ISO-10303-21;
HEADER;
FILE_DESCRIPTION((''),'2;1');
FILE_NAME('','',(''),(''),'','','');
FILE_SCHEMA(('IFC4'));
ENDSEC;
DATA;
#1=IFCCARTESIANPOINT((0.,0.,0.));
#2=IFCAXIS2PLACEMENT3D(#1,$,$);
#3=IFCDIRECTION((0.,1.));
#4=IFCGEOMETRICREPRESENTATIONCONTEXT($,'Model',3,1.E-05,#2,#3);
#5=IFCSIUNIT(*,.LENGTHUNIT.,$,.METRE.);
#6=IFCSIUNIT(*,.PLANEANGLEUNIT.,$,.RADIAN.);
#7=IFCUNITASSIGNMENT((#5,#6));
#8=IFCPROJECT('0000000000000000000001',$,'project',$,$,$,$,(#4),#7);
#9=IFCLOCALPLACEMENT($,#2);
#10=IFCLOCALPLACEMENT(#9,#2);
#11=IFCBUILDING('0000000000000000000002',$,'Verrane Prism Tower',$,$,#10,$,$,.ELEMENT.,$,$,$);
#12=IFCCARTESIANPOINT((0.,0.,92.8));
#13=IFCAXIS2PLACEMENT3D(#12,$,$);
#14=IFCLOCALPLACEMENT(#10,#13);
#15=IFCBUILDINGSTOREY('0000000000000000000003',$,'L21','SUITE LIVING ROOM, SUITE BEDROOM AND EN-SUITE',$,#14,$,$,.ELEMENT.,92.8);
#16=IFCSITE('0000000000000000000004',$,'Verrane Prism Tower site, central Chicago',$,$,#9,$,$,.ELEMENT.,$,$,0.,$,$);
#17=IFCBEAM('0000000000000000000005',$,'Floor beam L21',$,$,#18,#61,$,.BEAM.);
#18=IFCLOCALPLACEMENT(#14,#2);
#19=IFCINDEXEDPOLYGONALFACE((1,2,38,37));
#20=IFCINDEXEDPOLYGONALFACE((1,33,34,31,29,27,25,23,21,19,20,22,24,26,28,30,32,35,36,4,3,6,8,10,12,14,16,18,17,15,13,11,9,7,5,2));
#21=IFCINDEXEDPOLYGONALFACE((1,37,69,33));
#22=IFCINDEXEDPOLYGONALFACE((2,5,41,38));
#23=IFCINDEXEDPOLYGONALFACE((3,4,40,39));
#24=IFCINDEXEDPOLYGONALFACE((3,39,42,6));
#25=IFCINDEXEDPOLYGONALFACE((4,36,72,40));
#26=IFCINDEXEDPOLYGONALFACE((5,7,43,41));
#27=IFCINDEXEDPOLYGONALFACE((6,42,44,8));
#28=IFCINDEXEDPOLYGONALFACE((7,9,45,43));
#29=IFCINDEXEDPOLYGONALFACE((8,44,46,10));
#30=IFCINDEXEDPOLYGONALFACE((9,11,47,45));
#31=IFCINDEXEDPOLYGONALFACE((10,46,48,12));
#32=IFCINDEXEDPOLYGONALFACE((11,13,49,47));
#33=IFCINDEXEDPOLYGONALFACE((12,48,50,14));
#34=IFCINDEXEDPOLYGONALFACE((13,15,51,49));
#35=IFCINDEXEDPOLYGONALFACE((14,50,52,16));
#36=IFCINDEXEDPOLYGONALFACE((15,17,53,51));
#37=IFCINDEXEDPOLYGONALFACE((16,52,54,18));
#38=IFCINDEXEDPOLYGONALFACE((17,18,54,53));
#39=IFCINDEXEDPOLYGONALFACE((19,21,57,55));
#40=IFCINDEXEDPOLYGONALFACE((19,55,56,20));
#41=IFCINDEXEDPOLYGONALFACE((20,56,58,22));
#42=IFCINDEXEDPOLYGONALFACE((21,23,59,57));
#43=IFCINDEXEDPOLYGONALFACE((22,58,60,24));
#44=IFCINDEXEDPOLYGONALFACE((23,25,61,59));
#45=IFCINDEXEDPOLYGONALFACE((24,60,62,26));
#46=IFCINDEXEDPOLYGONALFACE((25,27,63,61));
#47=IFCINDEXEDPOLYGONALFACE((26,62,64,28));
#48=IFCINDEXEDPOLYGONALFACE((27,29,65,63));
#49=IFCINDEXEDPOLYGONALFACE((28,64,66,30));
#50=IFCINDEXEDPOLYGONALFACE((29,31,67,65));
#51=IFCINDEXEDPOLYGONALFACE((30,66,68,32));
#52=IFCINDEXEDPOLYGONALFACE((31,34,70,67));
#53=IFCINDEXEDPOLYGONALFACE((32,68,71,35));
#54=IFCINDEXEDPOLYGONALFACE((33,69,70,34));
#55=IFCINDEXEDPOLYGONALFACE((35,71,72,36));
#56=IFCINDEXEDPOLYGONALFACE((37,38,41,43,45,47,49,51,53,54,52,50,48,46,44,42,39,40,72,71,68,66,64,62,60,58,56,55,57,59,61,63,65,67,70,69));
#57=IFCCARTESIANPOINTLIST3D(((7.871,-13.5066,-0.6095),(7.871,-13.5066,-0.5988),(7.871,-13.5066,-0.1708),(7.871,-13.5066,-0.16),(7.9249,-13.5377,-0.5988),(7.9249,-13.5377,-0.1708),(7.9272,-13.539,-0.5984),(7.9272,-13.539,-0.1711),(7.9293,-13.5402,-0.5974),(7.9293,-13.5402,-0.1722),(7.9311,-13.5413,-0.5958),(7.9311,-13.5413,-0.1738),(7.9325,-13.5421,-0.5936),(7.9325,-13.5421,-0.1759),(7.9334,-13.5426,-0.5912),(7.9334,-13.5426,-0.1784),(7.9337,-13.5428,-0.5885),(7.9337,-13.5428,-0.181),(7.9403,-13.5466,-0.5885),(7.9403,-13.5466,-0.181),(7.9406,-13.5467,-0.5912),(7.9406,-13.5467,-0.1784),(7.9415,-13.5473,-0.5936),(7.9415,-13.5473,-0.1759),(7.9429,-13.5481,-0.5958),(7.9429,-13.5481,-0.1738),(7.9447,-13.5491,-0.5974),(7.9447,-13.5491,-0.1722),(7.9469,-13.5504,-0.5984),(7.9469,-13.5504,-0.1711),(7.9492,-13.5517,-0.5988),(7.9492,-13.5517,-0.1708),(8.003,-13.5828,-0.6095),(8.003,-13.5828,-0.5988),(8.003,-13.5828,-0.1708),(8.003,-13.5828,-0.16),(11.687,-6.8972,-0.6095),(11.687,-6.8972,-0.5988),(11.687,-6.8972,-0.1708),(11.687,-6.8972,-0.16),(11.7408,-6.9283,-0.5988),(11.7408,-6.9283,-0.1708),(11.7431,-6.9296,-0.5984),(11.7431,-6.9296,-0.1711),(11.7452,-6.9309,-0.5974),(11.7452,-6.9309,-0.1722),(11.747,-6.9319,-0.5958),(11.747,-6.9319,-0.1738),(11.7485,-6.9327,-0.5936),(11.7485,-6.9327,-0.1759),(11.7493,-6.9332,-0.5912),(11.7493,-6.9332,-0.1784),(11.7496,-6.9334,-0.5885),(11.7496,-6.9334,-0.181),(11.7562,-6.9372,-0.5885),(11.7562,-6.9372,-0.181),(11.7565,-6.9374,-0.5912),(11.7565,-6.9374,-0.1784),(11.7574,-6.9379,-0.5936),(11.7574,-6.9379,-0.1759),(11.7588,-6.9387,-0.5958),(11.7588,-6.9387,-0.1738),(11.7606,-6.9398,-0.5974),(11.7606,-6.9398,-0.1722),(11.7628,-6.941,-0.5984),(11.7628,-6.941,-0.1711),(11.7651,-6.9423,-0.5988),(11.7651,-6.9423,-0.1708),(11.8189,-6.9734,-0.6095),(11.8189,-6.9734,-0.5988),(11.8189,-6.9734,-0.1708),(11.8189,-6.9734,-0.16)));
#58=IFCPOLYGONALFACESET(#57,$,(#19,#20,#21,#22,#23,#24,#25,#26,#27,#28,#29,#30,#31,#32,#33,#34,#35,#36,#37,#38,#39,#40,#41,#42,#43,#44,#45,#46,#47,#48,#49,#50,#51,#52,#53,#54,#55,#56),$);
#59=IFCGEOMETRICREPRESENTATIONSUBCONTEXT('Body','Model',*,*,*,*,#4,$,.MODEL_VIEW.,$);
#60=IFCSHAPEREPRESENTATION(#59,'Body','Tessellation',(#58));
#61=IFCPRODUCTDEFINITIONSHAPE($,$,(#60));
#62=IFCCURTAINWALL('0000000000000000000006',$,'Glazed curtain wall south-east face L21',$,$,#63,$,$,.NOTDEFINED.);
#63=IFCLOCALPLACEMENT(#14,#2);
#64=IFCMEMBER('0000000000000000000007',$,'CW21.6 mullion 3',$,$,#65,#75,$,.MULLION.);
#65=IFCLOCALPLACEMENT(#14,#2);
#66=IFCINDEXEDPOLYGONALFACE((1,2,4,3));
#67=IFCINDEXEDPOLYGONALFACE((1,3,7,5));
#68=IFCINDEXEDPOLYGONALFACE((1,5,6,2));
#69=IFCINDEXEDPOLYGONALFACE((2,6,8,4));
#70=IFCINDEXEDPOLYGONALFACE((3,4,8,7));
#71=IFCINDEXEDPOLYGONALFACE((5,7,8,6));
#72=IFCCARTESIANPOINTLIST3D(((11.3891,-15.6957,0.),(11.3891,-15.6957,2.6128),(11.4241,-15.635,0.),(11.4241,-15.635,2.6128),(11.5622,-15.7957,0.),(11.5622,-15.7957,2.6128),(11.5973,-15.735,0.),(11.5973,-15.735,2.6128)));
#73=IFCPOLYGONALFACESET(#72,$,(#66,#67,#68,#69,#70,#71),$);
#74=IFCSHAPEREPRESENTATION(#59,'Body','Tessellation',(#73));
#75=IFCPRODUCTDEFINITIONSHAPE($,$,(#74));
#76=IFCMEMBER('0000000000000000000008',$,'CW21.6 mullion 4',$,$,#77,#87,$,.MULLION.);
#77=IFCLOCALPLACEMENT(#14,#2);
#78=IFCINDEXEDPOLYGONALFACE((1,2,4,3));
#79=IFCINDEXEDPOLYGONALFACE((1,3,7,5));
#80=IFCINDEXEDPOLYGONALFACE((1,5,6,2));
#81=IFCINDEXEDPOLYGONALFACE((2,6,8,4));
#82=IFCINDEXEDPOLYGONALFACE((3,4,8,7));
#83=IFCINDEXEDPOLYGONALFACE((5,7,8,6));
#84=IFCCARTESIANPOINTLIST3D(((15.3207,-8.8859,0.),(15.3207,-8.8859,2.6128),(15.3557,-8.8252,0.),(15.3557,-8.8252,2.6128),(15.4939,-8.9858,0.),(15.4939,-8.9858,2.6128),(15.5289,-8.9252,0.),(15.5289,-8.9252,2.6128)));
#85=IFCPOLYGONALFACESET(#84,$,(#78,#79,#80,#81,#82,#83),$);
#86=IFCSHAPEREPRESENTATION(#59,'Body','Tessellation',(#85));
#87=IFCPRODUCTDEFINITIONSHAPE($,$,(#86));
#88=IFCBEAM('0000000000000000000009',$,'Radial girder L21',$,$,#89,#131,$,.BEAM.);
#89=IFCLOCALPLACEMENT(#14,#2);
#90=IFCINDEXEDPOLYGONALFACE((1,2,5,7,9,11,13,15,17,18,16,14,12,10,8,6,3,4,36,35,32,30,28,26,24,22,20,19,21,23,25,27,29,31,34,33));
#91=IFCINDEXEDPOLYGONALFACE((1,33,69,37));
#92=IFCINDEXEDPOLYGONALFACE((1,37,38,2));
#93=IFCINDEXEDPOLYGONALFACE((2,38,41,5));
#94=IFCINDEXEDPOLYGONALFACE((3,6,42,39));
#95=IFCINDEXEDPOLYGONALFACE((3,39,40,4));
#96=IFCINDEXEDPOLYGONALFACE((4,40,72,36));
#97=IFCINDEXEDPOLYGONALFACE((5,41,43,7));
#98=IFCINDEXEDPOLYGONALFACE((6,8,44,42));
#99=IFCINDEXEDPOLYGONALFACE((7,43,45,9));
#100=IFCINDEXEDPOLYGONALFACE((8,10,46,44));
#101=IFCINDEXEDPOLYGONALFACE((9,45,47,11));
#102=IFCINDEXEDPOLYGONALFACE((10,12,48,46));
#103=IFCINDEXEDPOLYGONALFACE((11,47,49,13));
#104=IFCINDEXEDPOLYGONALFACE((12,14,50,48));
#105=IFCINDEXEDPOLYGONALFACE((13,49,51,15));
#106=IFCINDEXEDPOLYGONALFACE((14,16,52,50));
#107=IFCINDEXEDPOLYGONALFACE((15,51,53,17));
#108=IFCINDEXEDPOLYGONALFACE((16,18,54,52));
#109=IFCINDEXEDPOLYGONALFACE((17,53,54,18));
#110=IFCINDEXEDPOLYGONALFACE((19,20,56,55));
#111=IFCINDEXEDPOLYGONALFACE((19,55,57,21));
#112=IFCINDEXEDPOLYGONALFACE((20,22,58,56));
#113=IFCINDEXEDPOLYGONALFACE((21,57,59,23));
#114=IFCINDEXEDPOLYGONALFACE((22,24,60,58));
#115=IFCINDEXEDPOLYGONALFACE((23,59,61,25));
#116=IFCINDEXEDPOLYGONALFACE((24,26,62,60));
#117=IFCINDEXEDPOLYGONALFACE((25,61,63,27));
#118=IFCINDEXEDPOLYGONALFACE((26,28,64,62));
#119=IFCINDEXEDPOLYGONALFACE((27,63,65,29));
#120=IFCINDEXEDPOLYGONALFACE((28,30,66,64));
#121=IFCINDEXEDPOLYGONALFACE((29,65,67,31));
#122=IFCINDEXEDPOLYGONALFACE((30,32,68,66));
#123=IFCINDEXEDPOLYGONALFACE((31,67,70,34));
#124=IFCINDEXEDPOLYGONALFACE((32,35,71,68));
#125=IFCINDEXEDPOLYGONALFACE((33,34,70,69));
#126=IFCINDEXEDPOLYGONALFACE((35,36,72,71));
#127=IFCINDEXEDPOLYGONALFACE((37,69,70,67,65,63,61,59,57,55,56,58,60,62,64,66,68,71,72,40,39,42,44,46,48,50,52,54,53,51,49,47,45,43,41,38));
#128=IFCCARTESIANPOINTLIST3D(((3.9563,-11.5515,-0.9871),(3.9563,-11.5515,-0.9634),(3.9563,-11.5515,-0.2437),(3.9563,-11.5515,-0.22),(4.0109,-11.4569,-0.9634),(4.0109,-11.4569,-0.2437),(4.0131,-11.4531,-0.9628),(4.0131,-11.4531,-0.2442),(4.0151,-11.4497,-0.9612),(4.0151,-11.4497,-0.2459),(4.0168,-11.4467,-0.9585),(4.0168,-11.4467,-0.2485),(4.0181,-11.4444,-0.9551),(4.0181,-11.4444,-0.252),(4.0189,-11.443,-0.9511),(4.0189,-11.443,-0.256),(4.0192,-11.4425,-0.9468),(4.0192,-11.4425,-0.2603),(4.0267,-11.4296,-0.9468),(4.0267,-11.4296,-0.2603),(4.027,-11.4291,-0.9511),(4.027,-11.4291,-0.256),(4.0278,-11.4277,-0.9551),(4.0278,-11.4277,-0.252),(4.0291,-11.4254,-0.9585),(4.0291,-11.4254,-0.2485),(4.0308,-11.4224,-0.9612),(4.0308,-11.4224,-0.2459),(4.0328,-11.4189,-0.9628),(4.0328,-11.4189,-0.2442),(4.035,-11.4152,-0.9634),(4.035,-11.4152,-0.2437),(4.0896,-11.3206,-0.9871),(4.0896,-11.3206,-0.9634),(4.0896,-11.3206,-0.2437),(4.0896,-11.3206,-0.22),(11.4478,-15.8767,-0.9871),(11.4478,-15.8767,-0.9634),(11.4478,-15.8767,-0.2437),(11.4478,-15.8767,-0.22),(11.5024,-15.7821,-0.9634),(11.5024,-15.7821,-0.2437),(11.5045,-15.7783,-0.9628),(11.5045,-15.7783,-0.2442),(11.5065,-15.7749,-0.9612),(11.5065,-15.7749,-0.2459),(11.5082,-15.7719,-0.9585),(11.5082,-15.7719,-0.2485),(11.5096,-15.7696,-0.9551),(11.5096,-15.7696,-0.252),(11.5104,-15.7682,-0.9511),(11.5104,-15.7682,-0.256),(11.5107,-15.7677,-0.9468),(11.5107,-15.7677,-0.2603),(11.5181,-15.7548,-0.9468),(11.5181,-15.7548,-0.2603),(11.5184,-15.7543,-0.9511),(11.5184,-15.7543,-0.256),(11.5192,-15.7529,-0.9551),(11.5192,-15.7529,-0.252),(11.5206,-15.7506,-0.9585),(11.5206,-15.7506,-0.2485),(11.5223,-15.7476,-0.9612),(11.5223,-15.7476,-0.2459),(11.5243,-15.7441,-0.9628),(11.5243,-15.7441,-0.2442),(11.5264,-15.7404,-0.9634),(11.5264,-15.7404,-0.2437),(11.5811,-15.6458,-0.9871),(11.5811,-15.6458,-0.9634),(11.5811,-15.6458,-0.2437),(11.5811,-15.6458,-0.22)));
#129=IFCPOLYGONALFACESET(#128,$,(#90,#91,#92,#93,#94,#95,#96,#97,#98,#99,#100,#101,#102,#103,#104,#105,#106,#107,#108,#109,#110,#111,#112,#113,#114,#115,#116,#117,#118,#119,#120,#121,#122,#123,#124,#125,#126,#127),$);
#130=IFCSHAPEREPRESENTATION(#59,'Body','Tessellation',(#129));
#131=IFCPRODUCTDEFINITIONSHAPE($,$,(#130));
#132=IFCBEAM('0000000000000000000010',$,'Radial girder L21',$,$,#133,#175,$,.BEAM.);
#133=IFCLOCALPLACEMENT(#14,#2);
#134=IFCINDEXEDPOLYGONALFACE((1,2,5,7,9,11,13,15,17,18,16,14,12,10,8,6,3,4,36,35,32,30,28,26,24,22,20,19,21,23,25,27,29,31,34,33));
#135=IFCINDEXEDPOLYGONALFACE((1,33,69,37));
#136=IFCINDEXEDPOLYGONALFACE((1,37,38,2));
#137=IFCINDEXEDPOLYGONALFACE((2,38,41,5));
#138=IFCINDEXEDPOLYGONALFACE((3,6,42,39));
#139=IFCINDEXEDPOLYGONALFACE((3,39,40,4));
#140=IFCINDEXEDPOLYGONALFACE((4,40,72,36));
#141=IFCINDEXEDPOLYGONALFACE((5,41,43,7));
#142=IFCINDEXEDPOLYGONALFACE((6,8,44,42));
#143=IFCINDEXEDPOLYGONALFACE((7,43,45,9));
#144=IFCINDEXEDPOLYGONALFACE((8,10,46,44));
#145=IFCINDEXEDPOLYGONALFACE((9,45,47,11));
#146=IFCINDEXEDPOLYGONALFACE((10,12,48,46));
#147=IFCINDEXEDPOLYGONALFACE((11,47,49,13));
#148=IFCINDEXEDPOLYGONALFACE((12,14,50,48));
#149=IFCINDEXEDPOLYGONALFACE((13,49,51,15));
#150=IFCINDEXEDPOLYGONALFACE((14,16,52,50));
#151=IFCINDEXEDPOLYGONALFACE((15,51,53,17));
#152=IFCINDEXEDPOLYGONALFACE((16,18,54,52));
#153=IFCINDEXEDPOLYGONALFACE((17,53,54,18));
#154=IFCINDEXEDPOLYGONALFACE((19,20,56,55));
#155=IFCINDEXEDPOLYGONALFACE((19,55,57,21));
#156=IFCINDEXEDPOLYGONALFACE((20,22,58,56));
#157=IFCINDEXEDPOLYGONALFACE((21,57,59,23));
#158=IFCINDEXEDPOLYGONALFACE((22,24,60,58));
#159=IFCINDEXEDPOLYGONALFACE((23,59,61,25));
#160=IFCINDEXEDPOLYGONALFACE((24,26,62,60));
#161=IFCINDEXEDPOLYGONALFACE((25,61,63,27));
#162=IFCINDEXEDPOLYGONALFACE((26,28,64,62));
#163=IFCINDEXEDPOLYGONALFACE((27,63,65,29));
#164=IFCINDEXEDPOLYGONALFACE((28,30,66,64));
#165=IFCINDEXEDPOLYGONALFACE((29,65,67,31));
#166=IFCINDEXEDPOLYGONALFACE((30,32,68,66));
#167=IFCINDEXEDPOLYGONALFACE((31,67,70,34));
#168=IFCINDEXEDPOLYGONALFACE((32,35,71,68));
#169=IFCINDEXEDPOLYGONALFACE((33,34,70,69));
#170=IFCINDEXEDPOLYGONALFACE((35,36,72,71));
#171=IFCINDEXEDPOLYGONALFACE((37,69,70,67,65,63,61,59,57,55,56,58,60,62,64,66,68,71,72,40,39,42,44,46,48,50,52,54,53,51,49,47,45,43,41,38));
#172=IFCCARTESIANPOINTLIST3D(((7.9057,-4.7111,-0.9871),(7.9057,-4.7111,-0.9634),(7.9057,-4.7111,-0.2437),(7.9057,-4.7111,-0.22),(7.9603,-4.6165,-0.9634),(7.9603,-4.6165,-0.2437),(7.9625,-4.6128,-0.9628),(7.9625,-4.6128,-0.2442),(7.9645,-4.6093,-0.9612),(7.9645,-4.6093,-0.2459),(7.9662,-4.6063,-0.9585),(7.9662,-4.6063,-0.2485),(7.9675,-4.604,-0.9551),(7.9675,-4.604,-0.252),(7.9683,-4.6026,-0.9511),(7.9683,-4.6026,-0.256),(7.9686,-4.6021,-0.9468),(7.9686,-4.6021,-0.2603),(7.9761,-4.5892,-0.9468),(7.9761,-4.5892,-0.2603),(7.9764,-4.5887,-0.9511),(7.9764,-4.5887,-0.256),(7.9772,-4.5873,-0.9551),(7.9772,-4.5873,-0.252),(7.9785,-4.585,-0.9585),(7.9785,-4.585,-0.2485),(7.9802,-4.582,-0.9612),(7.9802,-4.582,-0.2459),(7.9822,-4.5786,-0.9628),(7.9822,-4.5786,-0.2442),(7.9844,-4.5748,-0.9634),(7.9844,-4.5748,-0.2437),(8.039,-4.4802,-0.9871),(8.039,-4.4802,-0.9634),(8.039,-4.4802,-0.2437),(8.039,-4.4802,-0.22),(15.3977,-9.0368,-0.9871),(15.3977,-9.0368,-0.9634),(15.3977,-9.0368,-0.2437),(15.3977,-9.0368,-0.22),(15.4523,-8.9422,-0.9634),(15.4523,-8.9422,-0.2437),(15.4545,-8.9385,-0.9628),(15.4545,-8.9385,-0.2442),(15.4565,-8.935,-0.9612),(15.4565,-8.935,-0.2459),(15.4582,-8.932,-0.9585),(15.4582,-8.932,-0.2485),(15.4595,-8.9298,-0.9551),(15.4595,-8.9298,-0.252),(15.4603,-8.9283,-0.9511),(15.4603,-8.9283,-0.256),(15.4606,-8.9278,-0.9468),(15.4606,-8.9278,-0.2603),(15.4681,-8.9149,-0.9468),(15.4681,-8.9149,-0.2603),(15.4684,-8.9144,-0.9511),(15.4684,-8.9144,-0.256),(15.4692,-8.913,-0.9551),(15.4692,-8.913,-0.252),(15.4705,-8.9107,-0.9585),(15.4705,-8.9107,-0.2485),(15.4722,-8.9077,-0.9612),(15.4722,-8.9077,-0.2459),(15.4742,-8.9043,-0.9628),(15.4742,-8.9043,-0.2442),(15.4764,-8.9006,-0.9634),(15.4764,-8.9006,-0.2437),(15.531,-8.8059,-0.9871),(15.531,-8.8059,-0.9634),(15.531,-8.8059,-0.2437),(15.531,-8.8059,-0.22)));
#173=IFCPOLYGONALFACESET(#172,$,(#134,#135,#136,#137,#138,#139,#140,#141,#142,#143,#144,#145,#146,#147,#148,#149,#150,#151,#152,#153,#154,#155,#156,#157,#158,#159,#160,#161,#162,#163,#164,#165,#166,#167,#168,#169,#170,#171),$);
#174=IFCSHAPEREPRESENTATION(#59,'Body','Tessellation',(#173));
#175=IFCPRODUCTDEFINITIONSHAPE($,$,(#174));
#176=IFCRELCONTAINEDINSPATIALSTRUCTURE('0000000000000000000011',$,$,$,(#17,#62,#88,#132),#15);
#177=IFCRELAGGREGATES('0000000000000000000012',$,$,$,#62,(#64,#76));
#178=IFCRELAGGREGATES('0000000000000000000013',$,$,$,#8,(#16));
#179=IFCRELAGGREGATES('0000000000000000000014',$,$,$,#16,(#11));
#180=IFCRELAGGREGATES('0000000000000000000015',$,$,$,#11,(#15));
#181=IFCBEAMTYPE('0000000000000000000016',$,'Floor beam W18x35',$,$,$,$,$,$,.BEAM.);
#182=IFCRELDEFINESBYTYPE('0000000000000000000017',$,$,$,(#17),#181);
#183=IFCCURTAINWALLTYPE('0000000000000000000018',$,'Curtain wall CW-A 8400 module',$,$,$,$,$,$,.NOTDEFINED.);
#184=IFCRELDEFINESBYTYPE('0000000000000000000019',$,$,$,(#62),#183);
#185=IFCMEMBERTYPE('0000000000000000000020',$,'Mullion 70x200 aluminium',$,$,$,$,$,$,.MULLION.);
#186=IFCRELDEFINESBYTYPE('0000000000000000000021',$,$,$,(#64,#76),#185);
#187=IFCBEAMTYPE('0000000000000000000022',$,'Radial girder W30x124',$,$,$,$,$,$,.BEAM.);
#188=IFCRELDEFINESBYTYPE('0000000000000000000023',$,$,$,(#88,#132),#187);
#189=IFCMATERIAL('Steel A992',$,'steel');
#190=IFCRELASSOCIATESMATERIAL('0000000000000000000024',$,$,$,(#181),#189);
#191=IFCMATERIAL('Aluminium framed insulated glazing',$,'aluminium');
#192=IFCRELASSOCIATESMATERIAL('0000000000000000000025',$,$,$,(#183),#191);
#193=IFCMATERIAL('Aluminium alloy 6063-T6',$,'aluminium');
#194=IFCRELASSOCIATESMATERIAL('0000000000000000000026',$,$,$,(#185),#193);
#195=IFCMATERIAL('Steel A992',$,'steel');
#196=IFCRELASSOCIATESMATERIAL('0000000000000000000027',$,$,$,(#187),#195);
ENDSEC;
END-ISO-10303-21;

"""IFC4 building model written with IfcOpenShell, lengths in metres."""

from ifc_helpers import new_model, si_unit, direction, frame, origin, origin_2d, place, context, subcontext, project, spatial, rectangle, i_section, extrude, material, material_profile, profile_set, type_object, element, aggregate, save


model = new_model("IFC4")

# Units and contexts
model_context = context("Model", 3, precision=1e-05, world=origin(), true_north=direction((0.0, 1.0)))
body_context = subcontext(model_context, "Body", "Model", "MODEL_VIEW")
ifc_project = project(units=[si_unit("LENGTHUNIT", "METRE"), si_unit("PLANEANGLEUNIT", "RADIAN")], contexts=[model_context])

# Site, building, storey
site_placement = place(None, origin())
site = spatial("IfcSite", under=ifc_project, at=site_placement, Name="Verrane Prism Tower site, central Chicago", CompositionType="ELEMENT", RefElevation=0.0)
building_placement = place(site_placement, origin())
building = spatial("IfcBuilding", under=site, at=building_placement, Name="Verrane Prism Tower", CompositionType="ELEMENT")
storey_placement = place(building_placement, frame((0.0, 0.0, 92.8)))
storey = spatial("IfcBuildingStorey", under=building, at=storey_placement, Name="L21", Description="SUITE LIVING ROOM, SUITE BEDROOM AND EN-SUITE", CompositionType="ELEMENT", Elevation=92.8)

# Beam
ifc_material_1 = material(Name="Steel A992", Category="steel")
ifc_material_profile_1 = material_profile(ifc_material_1, i_section(OverallWidth=0.1523, OverallDepth=0.4495, WebThickness=0.0076, FlangeThickness=0.0107, FilletRadius=0.0103, at=origin_2d()), Name="W18x35")
ifc_profile_set_1 = profile_set([ifc_material_profile_1], Name="Steel A992")
beam_type_1 = type_object("IfcBeamType", Name="Floor beam W18x35", PredefinedType="BEAM", material=ifc_profile_set_1)
beam_1_placement = place(storey_placement, frame((7.937, -13.5447, -0.3848), z_axis=(0.499999, 0.866026, 0.0), x_axis=(-0.866026, 0.499999, 0.0)))
element("IfcBeam", 1, at=beam_1_placement, inside=storey, type_object=beam_type_1, Name="Floor beam L21", PredefinedType="BEAM", context=body_context, shape_type="SweptSolid", body=[
    extrude(i_section(OverallWidth=0.1523, OverallDepth=0.4495, WebThickness=0.0076, FlangeThickness=0.0107, FilletRadius=0.0103, at=origin_2d()), origin(), (0.0, 0.0, 1.0), 7.6318),
])

# Curtain wall, members
ifc_material_2 = material(Name="Aluminium framed insulated glazing", Category="aluminium")
curtain_wall_type = type_object("IfcCurtainWallType", Name="Curtain wall CW-A 8400 module", PredefinedType="NOTDEFINED", material=ifc_material_2)
curtain_wall_placement = place(storey_placement, origin())
curtain_wall = element("IfcCurtainWall", 2, at=curtain_wall_placement, inside=storey, type_object=curtain_wall_type, Name="Glazed curtain wall south-east face L21", PredefinedType="NOTDEFINED")
ifc_material_3 = material(Name="Aluminium alloy 6063-T6", Category="aluminium")
ifc_material_profile_2 = material_profile(ifc_material_3, rectangle(XDim=0.2, YDim=0.0701, at=origin_2d()), Name="Mullion 70x200 aluminium")
ifc_profile_set_2 = profile_set([ifc_material_profile_2], Name="Aluminium alloy 6063-T6")
member_type_1 = type_object("IfcMemberType", Name="Mullion 70x200 aluminium", PredefinedType="MULLION", material=ifc_profile_set_2)
member_1_placement = place(storey_placement, frame((11.4932, -15.7153, 0.0), z_axis=(0.0, 0.0, 1.0), x_axis=(-0.866026, 0.5, 0.0)))
member_1 = element("IfcMember", 3, at=member_1_placement, type_object=member_type_1, Name="CW21.6 mullion 3", PredefinedType="MULLION", context=body_context, shape_type="SweptSolid", body=[
    extrude(rectangle(XDim=0.2, YDim=0.0701, at=origin_2d()), origin(), (0.0, 0.0, 1.0), 2.6128),
])
member_2_placement = place(storey_placement, frame((15.4248, -8.9055, 0.0), z_axis=(0.0, 0.0, 1.0), x_axis=(-0.866026, 0.5, 0.0)))
member_2 = element("IfcMember", 4, at=member_2_placement, type_object=member_type_1, Name="CW21.6 mullion 4", PredefinedType="MULLION", context=body_context, shape_type="SweptSolid", body=[
    extrude(rectangle(XDim=0.2, YDim=0.0701, at=origin_2d()), origin(), (0.0, 0.0, 1.0), 2.6128),
])

# Beams
ifc_material_4 = material(Name="Steel A992", Category="steel")
ifc_material_profile_3 = material_profile(ifc_material_4, i_section(OverallWidth=0.2666, OverallDepth=0.7671, WebThickness=0.0149, FlangeThickness=0.0237, FilletRadius=0.0166, at=origin_2d()), Name="W30x124")
ifc_profile_set_3 = profile_set([ifc_material_profile_3], Name="Steel A992")
beam_type_2 = type_object("IfcBeamType", Name="Radial girder W30x124", PredefinedType="BEAM", material=ifc_profile_set_3)
beam_2_placement = place(storey_placement, frame((11.5144, -15.7612, -0.6035), z_axis=(-0.866025, 0.5, 0.0), x_axis=(-0.5, -0.866025, 0.0)))
element("IfcBeam", 5, at=beam_2_placement, inside=storey, type_object=beam_type_2, Name="Radial girder L21", PredefinedType="BEAM", context=body_context, shape_type="SweptSolid", body=[
    extrude(i_section(OverallWidth=0.2666, OverallDepth=0.7671, WebThickness=0.0149, FlangeThickness=0.0237, FilletRadius=0.0166, at=origin_2d()), origin(), (0.0, 0.0, 1.0), 8.6504),
])
beam_3_placement = place(storey_placement, frame((15.4644, -8.9214, -0.6035), z_axis=(-0.866015, 0.500018, 0.0), x_axis=(-0.500018, -0.866015, 0.0)))
element("IfcBeam", 6, at=beam_3_placement, inside=storey, type_object=beam_type_2, Name="Radial girder L21", PredefinedType="BEAM", context=body_context, shape_type="SweptSolid", body=[
    extrude(i_section(OverallWidth=0.2666, OverallDepth=0.7671, WebThickness=0.0149, FlangeThickness=0.0237, FilletRadius=0.0166, at=origin_2d()), origin(), (0.0, 0.0, 1.0), 8.6511),
])

aggregate(curtain_wall, [member_1, member_2])

save(model, "model.ifc")
